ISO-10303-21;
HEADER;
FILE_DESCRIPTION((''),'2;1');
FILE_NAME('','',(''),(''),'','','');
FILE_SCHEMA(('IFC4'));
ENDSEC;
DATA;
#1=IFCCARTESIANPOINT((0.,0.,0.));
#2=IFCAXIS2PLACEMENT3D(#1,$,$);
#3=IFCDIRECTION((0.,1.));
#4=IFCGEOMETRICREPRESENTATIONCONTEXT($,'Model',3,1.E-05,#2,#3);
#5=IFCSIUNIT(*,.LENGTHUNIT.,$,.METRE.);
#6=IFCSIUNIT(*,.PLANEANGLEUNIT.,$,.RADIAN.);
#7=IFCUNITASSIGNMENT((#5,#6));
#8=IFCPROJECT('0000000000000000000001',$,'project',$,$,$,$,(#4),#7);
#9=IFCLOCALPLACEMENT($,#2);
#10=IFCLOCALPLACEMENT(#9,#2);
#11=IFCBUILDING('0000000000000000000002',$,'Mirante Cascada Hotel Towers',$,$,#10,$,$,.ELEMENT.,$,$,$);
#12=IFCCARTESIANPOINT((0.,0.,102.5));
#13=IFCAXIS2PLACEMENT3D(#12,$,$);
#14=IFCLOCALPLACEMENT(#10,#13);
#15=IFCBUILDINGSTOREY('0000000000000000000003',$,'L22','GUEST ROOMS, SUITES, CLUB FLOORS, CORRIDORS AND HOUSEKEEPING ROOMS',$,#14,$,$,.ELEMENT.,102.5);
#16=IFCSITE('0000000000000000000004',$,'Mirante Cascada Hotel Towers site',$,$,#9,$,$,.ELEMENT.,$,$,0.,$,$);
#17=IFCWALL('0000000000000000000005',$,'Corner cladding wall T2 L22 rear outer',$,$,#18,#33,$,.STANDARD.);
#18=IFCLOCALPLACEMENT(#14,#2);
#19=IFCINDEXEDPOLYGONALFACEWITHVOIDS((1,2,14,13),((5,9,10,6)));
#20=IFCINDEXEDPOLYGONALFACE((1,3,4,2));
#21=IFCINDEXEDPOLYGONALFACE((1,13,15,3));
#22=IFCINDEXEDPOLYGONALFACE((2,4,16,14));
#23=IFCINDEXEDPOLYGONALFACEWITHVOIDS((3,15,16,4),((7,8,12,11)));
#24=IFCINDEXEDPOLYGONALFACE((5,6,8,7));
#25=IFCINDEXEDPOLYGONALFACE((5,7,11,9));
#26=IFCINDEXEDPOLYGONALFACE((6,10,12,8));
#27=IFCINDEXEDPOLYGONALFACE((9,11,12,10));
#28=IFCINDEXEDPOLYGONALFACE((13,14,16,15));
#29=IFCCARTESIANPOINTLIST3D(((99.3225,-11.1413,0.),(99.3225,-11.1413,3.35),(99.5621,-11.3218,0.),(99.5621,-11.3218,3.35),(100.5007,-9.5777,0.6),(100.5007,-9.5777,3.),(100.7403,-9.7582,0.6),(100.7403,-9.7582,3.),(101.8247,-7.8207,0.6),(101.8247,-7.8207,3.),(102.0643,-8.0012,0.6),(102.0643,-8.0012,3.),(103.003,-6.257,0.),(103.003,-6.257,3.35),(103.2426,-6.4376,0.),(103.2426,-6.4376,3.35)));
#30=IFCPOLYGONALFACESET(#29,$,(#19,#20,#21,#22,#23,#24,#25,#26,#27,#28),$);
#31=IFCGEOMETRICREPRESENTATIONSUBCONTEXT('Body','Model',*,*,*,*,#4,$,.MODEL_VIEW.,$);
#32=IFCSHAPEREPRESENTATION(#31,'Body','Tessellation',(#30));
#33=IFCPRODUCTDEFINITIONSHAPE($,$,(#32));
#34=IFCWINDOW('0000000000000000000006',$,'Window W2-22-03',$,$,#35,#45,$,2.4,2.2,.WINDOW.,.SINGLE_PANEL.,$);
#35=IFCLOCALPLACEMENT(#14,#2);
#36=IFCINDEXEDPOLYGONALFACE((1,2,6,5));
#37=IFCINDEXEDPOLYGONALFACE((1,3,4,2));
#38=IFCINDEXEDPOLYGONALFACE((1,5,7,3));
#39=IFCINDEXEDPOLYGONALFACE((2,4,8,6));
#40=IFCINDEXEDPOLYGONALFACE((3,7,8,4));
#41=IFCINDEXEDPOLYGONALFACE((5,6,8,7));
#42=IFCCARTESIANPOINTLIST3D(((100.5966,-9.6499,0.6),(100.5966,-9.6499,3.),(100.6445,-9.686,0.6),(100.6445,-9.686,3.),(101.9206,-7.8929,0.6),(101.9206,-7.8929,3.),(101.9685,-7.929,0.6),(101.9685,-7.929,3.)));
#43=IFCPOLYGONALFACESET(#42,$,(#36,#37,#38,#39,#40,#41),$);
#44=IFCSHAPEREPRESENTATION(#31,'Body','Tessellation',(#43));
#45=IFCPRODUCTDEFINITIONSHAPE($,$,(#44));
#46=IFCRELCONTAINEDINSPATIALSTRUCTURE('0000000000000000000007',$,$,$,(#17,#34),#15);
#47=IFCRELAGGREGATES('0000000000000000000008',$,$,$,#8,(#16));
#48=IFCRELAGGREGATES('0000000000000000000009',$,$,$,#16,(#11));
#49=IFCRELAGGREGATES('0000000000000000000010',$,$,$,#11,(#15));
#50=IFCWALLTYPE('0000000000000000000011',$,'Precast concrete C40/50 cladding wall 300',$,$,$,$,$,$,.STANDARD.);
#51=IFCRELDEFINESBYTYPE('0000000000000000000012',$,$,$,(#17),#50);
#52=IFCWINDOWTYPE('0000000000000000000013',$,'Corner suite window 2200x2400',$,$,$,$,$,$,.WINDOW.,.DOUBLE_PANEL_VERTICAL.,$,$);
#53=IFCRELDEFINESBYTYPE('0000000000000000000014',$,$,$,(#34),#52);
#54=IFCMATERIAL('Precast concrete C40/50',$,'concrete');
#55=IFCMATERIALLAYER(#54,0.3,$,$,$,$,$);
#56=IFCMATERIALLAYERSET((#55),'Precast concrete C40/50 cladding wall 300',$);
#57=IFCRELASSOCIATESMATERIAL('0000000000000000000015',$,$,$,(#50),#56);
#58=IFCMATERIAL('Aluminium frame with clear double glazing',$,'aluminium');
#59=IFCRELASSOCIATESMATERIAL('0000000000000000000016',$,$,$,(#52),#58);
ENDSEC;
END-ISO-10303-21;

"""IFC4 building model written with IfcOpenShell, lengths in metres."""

from ifc_helpers import new_model, si_unit, direction, frame, frame_2d, origin, place, context, subcontext, project, spatial, rectangle, extrude, material, layer, layer_set, type_object, element, fill, save


model = new_model("IFC4")

# Units and contexts
model_context = context("Model", 3, precision=1e-05, world=origin(), true_north=direction((0.0, 1.0)))
body_context = subcontext(model_context, "Body", "Model", "MODEL_VIEW")
ifc_project = project(units=[si_unit("LENGTHUNIT", "METRE"), si_unit("PLANEANGLEUNIT", "RADIAN")], contexts=[model_context])

# Site, building, storey
site_placement = place(None, origin())
site = spatial("IfcSite", under=ifc_project, at=site_placement, Name="Mirante Cascada Hotel Towers site", CompositionType="ELEMENT", RefElevation=0.0)
building_placement = place(site_placement, origin())
building = spatial("IfcBuilding", under=site, at=building_placement, Name="Mirante Cascada Hotel Towers", CompositionType="ELEMENT")
storey_placement = place(building_placement, frame((0.0, 0.0, 102.5)))
storey = spatial("IfcBuildingStorey", under=building, at=storey_placement, Name="L22", Description="GUEST ROOMS, SUITES, CLUB FLOORS, CORRIDORS AND HOUSEKEEPING ROOMS", CompositionType="ELEMENT", Elevation=102.5)

# Wall, opening, window
ifc_material_1 = material(Name="Precast concrete C40/50", Category="concrete")
ifc_layer_1 = layer(ifc_material_1, 0.3)
ifc_layer_set_1 = layer_set([ifc_layer_1], Name="Precast concrete C40/50 cladding wall 300")
wall_type_1 = type_object("IfcWallType", Name="Precast concrete C40/50 cladding wall 300", PredefinedType="STANDARD", material=ifc_layer_set_1)
wall_1_placement = place(storey_placement, frame((99.4423, -11.2315, 0.0), z_axis=(0.0, 0.0, 1.0), x_axis=(0.601814, 0.798636, 0.0)))
wall_1 = element("IfcWall", 1, at=wall_1_placement, inside=storey, type_object=wall_type_1, Name="Corner cladding wall T2 L22 rear outer", PredefinedType="STANDARD", context=body_context, shape_type="SweptSolid", body=[
    extrude(rectangle(XDim=6.1157, YDim=0.3, at=frame_2d((3.0578, 0.0))), origin(), (0.0, 0.0, 1.0), 3.35),
])
opening_1_placement = place(wall_1_placement, frame((1.9578, 0.0, 0.6)))
opening_1 = element("IfcOpeningElement", 2, at=opening_1_placement, cuts=wall_1, PredefinedType="OPENING", context=body_context, shape_type="SweptSolid", body=[
    extrude(rectangle(XDim=2.2, YDim=2.4, at=frame_2d((1.1, 1.2))), frame((0.0, 0.15, 0.0), z_axis=(0.0, -1.0, 0.0), x_axis=(1.0, 0.0, 0.0)), (0.0, 0.0, 1.0), 0.3),
])
ifc_material_2 = material(Name="Aluminium frame with clear double glazing", Category="aluminium")
window_type = type_object("IfcWindowType", Name="Corner suite window 2200x2400", PartitioningType="DOUBLE_PANEL_VERTICAL", PredefinedType="WINDOW", material=ifc_material_2)
window_placement = place(opening_1_placement, origin())
window = element("IfcWindow", 3, at=window_placement, inside=storey, type_object=window_type, Name="Window W2-22-03", OverallHeight=2.4, OverallWidth=2.2, PartitioningType="SINGLE_PANEL", PredefinedType="WINDOW", context=body_context, shape_type="SweptSolid", body=[
    extrude(rectangle(XDim=2.2, YDim=2.4, at=frame_2d((1.1, 1.2))), frame((0.0, 0.03, 0.0), z_axis=(0.0, -1.0, 0.0), x_axis=(1.0, 0.0, 0.0)), (0.0, 0.0, 1.0), 0.06),
])
fill(opening_1, window)

save(model, "model.ifc")
